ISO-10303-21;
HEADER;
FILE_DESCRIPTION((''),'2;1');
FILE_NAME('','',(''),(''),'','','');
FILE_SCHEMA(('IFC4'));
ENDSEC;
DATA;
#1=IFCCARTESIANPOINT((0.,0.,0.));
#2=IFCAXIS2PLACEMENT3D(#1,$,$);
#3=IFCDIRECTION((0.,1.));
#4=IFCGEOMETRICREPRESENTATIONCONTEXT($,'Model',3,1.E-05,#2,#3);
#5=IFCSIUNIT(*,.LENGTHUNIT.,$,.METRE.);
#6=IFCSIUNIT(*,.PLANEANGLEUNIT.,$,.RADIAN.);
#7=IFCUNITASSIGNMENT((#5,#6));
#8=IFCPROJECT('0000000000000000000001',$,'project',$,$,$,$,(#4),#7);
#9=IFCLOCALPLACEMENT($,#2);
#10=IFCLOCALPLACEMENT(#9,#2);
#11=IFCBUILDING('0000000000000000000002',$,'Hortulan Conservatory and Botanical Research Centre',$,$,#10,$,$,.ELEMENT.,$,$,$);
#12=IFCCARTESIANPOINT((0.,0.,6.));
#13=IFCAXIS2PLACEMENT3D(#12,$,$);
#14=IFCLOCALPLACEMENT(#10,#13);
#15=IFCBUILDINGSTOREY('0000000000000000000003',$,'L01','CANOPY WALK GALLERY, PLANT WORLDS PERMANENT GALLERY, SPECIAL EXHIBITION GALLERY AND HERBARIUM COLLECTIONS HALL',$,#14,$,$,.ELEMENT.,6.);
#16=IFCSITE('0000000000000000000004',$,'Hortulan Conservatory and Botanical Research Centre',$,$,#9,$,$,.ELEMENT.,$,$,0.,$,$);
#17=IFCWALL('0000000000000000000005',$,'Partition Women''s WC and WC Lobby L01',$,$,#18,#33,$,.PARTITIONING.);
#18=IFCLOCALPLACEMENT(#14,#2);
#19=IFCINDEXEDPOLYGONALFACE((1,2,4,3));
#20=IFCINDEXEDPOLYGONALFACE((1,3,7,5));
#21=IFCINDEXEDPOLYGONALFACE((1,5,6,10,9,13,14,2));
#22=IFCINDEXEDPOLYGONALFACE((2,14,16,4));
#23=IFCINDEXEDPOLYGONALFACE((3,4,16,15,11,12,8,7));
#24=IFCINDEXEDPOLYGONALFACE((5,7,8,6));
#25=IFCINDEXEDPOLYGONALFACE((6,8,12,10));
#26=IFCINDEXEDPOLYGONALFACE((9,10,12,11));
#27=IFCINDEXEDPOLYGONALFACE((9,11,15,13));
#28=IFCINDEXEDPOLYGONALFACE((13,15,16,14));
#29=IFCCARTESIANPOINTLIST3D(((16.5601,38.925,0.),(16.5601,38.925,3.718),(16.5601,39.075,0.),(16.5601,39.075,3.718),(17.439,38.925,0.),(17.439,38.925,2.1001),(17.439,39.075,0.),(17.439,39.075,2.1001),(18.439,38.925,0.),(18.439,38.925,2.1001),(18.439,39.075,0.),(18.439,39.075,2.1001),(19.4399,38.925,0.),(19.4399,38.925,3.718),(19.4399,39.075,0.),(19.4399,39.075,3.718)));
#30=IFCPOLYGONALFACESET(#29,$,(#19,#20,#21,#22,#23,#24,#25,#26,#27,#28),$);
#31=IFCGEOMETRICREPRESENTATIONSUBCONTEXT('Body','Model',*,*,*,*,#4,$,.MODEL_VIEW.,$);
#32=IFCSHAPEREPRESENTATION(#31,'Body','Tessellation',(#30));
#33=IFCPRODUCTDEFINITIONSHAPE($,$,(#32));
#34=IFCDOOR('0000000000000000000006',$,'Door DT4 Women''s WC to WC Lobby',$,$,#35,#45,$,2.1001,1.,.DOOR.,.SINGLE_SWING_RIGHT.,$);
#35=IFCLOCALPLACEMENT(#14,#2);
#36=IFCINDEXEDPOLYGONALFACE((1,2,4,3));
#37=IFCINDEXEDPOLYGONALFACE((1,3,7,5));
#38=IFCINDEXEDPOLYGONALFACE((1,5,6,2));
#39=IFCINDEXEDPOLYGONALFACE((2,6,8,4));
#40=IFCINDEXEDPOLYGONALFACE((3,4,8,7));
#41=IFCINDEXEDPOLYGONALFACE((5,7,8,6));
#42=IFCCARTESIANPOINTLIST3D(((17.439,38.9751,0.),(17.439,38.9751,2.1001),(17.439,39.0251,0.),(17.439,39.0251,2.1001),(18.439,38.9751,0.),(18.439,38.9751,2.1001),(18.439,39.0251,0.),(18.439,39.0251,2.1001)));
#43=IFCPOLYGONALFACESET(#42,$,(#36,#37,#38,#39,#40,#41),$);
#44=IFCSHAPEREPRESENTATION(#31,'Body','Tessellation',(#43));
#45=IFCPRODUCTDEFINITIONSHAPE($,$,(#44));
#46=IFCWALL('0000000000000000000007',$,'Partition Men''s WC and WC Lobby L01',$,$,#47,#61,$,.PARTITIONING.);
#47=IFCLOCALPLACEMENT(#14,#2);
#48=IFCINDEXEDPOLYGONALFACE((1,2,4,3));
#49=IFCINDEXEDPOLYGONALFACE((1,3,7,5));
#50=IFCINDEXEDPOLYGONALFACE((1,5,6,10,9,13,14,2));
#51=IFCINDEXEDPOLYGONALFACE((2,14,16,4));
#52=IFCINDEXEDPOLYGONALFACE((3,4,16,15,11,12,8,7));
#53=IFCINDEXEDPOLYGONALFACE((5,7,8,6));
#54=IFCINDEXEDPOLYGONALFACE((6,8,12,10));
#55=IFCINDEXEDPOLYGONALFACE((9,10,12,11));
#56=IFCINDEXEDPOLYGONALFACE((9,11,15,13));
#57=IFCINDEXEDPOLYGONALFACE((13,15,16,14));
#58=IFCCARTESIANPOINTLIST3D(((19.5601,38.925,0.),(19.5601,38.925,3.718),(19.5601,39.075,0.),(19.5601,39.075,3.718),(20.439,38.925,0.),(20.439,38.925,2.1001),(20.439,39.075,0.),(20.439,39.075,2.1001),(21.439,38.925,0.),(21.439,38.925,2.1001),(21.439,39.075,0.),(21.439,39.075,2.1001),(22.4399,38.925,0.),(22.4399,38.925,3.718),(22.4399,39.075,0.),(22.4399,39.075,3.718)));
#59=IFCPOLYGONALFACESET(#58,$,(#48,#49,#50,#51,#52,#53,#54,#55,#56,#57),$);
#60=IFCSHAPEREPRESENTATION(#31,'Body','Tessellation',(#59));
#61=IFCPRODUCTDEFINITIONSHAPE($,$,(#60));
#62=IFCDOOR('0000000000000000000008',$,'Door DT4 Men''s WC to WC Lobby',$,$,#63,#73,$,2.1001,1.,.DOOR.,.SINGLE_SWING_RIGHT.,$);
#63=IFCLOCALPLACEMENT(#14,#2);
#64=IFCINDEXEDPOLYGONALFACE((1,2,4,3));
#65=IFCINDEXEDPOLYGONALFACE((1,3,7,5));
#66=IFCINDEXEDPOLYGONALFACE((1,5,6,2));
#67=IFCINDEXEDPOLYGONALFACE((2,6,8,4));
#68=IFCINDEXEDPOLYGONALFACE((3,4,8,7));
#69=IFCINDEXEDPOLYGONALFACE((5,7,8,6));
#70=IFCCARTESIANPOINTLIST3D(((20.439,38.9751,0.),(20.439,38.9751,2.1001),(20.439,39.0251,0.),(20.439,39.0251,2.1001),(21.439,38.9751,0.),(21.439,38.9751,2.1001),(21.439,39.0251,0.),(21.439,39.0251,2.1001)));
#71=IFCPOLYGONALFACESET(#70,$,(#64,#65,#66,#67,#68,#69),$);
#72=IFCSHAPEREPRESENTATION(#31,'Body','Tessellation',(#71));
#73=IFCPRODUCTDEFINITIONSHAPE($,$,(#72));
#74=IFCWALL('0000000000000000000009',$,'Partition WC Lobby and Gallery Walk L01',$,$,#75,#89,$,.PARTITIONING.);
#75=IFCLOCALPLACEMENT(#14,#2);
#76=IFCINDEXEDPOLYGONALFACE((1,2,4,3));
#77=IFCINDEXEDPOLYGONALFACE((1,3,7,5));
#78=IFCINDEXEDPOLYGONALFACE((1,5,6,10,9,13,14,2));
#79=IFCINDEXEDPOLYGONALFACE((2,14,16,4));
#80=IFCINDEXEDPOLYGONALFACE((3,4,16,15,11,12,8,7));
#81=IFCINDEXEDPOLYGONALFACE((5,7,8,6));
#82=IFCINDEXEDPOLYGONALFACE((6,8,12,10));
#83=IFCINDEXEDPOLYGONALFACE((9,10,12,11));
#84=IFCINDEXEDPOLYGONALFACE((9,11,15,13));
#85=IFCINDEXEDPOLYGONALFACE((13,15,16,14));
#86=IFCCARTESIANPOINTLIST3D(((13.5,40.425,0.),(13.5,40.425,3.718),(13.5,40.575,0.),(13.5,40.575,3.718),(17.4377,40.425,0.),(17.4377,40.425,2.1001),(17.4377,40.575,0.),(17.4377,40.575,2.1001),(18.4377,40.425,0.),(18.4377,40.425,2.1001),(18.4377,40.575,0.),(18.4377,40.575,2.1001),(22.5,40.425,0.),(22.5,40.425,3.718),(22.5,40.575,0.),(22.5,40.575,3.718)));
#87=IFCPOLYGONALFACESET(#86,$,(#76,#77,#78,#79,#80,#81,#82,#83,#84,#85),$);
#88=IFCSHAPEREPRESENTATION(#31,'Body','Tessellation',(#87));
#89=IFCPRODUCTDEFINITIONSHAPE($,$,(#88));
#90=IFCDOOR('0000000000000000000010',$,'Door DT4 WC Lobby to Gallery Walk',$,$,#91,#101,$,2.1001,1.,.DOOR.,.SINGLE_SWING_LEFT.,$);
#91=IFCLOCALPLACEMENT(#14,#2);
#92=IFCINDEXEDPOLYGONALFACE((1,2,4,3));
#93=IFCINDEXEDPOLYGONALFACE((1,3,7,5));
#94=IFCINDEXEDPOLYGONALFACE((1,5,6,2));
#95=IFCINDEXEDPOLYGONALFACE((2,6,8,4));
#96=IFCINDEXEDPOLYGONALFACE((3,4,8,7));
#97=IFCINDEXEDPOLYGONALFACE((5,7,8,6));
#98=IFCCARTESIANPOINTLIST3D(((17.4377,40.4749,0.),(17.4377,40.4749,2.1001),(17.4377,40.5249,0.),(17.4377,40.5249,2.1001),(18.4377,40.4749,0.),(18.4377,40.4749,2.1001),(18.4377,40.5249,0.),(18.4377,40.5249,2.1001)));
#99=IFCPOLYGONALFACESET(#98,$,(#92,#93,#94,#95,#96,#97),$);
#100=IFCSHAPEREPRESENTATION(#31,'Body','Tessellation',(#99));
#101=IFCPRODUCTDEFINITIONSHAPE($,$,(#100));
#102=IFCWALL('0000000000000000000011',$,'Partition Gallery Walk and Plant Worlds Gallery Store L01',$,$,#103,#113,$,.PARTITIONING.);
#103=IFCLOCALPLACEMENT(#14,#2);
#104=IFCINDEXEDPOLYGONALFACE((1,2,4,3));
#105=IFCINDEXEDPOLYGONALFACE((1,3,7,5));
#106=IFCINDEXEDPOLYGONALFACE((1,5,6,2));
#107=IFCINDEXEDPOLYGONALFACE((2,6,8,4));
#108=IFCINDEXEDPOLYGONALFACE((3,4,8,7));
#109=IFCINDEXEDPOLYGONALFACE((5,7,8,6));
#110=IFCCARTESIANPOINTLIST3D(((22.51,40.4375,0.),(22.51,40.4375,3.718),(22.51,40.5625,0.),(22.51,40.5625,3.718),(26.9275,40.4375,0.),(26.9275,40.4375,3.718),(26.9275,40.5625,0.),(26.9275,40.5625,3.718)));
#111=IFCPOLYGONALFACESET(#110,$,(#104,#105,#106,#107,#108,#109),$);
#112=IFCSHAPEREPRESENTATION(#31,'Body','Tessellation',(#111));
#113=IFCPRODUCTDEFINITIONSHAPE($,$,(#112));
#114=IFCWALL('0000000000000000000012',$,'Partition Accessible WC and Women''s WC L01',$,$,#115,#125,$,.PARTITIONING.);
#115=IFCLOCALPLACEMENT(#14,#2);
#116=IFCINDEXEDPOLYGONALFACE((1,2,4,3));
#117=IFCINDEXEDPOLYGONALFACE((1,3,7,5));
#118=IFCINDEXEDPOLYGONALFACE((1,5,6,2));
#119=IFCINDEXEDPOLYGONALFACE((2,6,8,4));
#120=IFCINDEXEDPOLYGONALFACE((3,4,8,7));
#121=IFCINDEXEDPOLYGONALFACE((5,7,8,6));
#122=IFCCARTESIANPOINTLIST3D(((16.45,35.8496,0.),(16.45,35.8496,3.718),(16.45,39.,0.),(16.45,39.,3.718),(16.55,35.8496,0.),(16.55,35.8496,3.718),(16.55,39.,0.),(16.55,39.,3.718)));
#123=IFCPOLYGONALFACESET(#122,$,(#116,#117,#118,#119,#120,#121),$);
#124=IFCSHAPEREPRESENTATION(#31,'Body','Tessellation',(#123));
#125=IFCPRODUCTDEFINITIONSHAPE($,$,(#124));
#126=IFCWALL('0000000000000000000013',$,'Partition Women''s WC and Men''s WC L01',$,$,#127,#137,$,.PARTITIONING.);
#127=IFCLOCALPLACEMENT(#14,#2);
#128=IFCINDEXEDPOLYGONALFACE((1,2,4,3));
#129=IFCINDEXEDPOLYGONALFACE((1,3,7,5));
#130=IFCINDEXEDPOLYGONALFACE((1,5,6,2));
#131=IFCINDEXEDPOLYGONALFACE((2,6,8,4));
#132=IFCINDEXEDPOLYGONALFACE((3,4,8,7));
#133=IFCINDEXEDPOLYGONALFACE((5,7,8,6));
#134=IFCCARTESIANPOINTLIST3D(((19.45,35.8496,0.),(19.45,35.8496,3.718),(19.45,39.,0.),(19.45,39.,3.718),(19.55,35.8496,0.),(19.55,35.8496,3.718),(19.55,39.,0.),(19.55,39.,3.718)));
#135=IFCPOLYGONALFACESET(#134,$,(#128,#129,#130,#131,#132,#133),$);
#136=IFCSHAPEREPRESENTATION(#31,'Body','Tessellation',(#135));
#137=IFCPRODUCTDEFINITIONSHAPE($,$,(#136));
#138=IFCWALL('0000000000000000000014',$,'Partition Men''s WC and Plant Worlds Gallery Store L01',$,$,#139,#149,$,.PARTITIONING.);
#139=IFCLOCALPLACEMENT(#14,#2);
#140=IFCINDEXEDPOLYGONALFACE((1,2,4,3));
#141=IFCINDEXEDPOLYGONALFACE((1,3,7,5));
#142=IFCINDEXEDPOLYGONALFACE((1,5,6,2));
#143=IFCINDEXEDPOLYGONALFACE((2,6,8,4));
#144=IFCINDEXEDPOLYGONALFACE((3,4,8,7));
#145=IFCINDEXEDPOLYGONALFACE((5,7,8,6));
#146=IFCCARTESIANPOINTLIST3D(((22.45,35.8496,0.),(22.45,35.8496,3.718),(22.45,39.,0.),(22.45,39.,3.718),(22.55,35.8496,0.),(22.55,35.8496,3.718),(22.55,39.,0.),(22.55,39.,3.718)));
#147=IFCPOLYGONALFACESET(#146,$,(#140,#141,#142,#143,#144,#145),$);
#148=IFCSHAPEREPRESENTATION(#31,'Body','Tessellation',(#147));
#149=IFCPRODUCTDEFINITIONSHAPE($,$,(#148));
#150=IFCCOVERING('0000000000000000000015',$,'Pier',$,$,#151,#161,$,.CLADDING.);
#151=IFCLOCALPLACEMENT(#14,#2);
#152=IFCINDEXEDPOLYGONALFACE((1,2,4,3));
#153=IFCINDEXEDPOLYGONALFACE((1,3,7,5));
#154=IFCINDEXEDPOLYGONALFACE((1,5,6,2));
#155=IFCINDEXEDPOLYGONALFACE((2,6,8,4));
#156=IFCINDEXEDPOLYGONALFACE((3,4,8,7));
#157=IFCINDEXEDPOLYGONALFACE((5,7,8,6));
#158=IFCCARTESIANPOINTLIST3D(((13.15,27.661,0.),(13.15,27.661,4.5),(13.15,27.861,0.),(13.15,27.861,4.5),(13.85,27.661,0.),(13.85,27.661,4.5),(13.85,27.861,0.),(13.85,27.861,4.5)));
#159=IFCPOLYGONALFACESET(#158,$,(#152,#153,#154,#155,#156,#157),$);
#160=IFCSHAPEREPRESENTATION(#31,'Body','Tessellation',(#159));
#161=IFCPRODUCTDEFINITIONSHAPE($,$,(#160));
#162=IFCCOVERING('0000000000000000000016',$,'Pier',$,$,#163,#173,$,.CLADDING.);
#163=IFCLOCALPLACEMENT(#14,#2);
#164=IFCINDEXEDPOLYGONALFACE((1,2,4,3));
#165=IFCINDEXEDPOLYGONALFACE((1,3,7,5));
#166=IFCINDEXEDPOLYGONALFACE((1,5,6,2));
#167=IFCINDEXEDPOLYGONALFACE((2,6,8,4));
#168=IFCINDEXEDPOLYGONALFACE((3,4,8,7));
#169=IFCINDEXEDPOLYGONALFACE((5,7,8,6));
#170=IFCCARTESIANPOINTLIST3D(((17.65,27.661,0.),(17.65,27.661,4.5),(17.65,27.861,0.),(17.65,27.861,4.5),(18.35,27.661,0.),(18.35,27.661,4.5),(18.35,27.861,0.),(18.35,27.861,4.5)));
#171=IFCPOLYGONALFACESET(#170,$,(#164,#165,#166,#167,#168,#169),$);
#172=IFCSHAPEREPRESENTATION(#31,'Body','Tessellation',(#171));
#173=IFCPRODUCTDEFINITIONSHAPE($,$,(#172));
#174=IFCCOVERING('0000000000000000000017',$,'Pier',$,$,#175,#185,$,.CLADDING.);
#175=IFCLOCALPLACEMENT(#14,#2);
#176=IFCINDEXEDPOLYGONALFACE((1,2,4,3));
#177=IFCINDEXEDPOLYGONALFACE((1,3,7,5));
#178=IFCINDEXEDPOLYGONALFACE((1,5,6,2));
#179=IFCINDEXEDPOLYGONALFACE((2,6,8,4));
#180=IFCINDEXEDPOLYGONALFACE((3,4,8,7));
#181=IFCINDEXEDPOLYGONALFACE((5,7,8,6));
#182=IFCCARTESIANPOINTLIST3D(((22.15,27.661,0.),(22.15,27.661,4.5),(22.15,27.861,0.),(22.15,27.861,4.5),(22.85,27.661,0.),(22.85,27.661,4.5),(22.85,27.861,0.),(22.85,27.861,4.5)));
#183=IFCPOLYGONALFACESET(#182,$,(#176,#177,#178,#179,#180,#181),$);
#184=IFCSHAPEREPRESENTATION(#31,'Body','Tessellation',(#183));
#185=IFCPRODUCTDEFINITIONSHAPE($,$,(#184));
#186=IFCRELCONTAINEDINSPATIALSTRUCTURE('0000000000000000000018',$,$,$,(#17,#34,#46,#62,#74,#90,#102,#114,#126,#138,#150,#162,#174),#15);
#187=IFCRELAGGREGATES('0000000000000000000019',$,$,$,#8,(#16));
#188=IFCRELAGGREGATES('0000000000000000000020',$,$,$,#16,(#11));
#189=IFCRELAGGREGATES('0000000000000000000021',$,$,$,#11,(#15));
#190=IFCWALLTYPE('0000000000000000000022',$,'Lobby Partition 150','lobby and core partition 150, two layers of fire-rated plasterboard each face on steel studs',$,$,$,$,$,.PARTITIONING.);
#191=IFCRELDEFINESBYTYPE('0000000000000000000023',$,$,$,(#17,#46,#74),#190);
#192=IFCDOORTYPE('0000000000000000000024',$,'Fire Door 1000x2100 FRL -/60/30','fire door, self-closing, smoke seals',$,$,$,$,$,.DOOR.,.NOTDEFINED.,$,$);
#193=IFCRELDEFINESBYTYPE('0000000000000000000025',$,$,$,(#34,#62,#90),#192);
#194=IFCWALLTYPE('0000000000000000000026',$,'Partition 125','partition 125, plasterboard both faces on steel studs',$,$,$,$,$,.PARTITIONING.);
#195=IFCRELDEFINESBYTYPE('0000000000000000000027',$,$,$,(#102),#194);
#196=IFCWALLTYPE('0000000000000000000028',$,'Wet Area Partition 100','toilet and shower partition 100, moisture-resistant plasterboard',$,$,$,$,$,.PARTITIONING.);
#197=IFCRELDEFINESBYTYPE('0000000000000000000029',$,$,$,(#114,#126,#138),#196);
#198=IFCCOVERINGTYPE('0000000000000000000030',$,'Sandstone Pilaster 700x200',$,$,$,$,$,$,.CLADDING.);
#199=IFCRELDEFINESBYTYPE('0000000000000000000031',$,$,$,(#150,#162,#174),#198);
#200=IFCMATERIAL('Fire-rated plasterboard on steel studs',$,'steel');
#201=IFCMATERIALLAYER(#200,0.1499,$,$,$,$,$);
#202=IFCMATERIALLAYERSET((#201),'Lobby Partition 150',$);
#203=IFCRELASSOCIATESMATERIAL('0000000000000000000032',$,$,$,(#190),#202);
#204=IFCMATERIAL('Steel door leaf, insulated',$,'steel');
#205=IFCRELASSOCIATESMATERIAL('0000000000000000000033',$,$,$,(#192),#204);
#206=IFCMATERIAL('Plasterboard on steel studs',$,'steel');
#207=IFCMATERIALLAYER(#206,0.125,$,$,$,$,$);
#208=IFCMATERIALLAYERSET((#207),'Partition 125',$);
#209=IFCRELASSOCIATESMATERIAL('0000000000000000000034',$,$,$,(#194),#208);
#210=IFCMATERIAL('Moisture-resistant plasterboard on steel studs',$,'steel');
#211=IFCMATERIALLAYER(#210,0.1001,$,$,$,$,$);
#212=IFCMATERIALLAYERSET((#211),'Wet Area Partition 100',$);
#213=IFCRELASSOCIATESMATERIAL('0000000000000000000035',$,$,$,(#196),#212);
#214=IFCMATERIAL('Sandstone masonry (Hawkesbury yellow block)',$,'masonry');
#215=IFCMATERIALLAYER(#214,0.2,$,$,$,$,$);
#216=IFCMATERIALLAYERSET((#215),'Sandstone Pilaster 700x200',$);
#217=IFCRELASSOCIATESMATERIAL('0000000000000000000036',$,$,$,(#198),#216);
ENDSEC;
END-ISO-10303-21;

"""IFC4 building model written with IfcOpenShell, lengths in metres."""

from ifc_helpers import new_model, si_unit, direction, frame, frame_2d, origin, origin_2d, place, context, subcontext, project, spatial, rectangle, extrude, material, layer, layer_set, type_object, element, fill, save


model = new_model("IFC4")

# Units and contexts
model_context = context("Model", 3, precision=1e-05, world=origin(), true_north=direction((0.0, 1.0)))
body_context = subcontext(model_context, "Body", "Model", "MODEL_VIEW")
ifc_project = project(units=[si_unit("LENGTHUNIT", "METRE"), si_unit("PLANEANGLEUNIT", "RADIAN")], contexts=[model_context])

# Site, building, storey
site_placement = place(None, origin())
site = spatial("IfcSite", under=ifc_project, at=site_placement, Name="Hortulan Conservatory and Botanical Research Centre", CompositionType="ELEMENT", RefElevation=0.0)
building_placement = place(site_placement, origin())
building = spatial("IfcBuilding", under=site, at=building_placement, Name="Hortulan Conservatory and Botanical Research Centre", CompositionType="ELEMENT")
storey_placement = place(building_placement, frame((0.0, 0.0, 6.0)))
storey = spatial("IfcBuildingStorey", under=building, at=storey_placement, Name="L01", Description="CANOPY WALK GALLERY, PLANT WORLDS PERMANENT GALLERY, SPECIAL EXHIBITION GALLERY AND HERBARIUM COLLECTIONS HALL", CompositionType="ELEMENT", Elevation=6.0)

# Shared definitions
ifc_material_1 = material(Name="Steel door leaf, insulated", Category="steel")

# Shared definitions
ifc_material_2 = material(Name="Fire-rated plasterboard on steel studs", Category="steel")
ifc_layer_1 = layer(ifc_material_2, 0.1499)
ifc_layer_set_1 = layer_set([ifc_layer_1], Name="Lobby Partition 150")
wall_type_1 = type_object("IfcWallType", Name="Lobby Partition 150", Description="lobby and core partition 150, two layers of fire-rated plasterboard each face on steel studs", PredefinedType="PARTITIONING", material=ifc_layer_set_1)

# Walls, openings, doors
door_type_1 = type_object("IfcDoorType", Name="Fire Door 1000x2100 FRL -/60/30", Description="fire door, self-closing, smoke seals", OperationType="NOTDEFINED", PredefinedType="DOOR", material=ifc_material_1)
wall_1_placement = place(storey_placement, frame((16.5601, 39.0, 0.0), z_axis=(0.0, 0.0, 1.0), x_axis=(1.0, 0.0, 0.0)))
wall_1 = element("IfcWall", 1, at=wall_1_placement, inside=storey, type_object=wall_type_1, Name="Partition Women's WC and WC Lobby L01", PredefinedType="PARTITIONING", context=body_context, shape_type="SweptSolid", body=[
    extrude(rectangle(XDim=2.8799, YDim=0.1499, at=frame_2d((1.4399, 0.0))), origin(), (0.0, 0.0, 1.0), 3.718),
])
opening_1_placement = place(wall_1_placement, frame((0.8789, 0.0, 0.0)))
opening_1 = element("IfcOpeningElement", 2, at=opening_1_placement, cuts=wall_1, PredefinedType="OPENING", context=body_context, shape_type="SweptSolid", body=[
    extrude(rectangle(XDim=1.0, YDim=2.1001, at=frame_2d((0.5, 1.05))), frame((0.0, 0.085, 0.0), z_axis=(0.0, -1.0, 0.0), x_axis=(1.0, 0.0, 0.0)), (0.0, 0.0, 1.0), 0.1699),
])
door_1_placement = place(opening_1_placement, frame((1.0, 0.0, 0.0), z_axis=(0.0, 0.0, 1.0), x_axis=(-1.0, 0.0, 0.0)))
door_1 = element("IfcDoor", 3, at=door_1_placement, inside=storey, type_object=door_type_1, Name="Door DT4 Women's WC to WC Lobby", OperationType="SINGLE_SWING_RIGHT", OverallHeight=2.1001, OverallWidth=1.0, PredefinedType="DOOR", context=body_context, shape_type="SweptSolid", body=[
    extrude(rectangle(XDim=1.0, YDim=2.1001, at=frame_2d((0.5, 1.05))), frame((0.0, 0.0249, 0.0), z_axis=(0.0, -1.0, 0.0), x_axis=(1.0, 0.0, 0.0)), (0.0, 0.0, 1.0), 0.05),
])
fill(opening_1, door_1)
wall_2_placement = place(storey_placement, frame((19.5601, 39.0, 0.0), z_axis=(0.0, 0.0, 1.0), x_axis=(1.0, 0.0, 0.0)))
wall_2 = element("IfcWall", 4, at=wall_2_placement, inside=storey, type_object=wall_type_1, Name="Partition Men's WC and WC Lobby L01", PredefinedType="PARTITIONING", context=body_context, shape_type="SweptSolid", body=[
    extrude(rectangle(XDim=2.8799, YDim=0.1499, at=frame_2d((1.4399, 0.0))), origin(), (0.0, 0.0, 1.0), 3.718),
])
opening_2_placement = place(wall_2_placement, frame((0.8789, 0.0, 0.0)))
opening_2 = element("IfcOpeningElement", 5, at=opening_2_placement, cuts=wall_2, PredefinedType="OPENING", context=body_context, shape_type="SweptSolid", body=[
    extrude(rectangle(XDim=1.0, YDim=2.1001, at=frame_2d((0.5, 1.05))), frame((0.0, 0.085, 0.0), z_axis=(0.0, -1.0, 0.0), x_axis=(1.0, 0.0, 0.0)), (0.0, 0.0, 1.0), 0.1699),
])
door_2_placement = place(opening_2_placement, frame((1.0, 0.0, 0.0), z_axis=(0.0, 0.0, 1.0), x_axis=(-1.0, 0.0, 0.0)))
door_2 = element("IfcDoor", 6, at=door_2_placement, inside=storey, type_object=door_type_1, Name="Door DT4 Men's WC to WC Lobby", OperationType="SINGLE_SWING_RIGHT", OverallHeight=2.1001, OverallWidth=1.0, PredefinedType="DOOR", context=body_context, shape_type="SweptSolid", body=[
    extrude(rectangle(XDim=1.0, YDim=2.1001, at=frame_2d((0.5, 1.05))), frame((0.0, 0.0249, 0.0), z_axis=(0.0, -1.0, 0.0), x_axis=(1.0, 0.0, 0.0)), (0.0, 0.0, 1.0), 0.05),
])
fill(opening_2, door_2)
wall_3_placement = place(storey_placement, frame((13.5, 40.5, 0.0), z_axis=(0.0, 0.0, 1.0), x_axis=(1.0, 0.0, 0.0)))
wall_3 = element("IfcWall", 7, at=wall_3_placement, inside=storey, type_object=wall_type_1, Name="Partition WC Lobby and Gallery Walk L01", PredefinedType="PARTITIONING", context=body_context, shape_type="SweptSolid", body=[
    extrude(rectangle(XDim=9.0, YDim=0.1499, at=frame_2d((4.5, 0.0))), origin(), (0.0, 0.0, 1.0), 3.718),
])
opening_3_placement = place(wall_3_placement, frame((3.9377, 0.0, 0.0)))
opening_3 = element("IfcOpeningElement", 8, at=opening_3_placement, cuts=wall_3, PredefinedType="OPENING", context=body_context, shape_type="SweptSolid", body=[
    extrude(rectangle(XDim=1.0, YDim=2.1001, at=frame_2d((0.5, 1.05))), frame((0.0, 0.085, 0.0), z_axis=(0.0, -1.0, 0.0), x_axis=(1.0, 0.0, 0.0)), (0.0, 0.0, 1.0), 0.1699),
])
door_3_placement = place(opening_3_placement, origin())
door_3 = element("IfcDoor", 9, at=door_3_placement, inside=storey, type_object=door_type_1, Name="Door DT4 WC Lobby to Gallery Walk", OperationType="SINGLE_SWING_LEFT", OverallHeight=2.1001, OverallWidth=1.0, PredefinedType="DOOR", context=body_context, shape_type="SweptSolid", body=[
    extrude(rectangle(XDim=1.0, YDim=2.1001, at=frame_2d((0.5, 1.05))), frame((0.0, 0.0249, 0.0), z_axis=(0.0, -1.0, 0.0), x_axis=(1.0, 0.0, 0.0)), (0.0, 0.0, 1.0), 0.05),
])
fill(opening_3, door_3)

# Walls
ifc_material_3 = material(Name="Plasterboard on steel studs", Category="steel")
ifc_layer_2 = layer(ifc_material_3, 0.125)
ifc_layer_set_2 = layer_set([ifc_layer_2], Name="Partition 125")
wall_type_2 = type_object("IfcWallType", Name="Partition 125", Description="partition 125, plasterboard both faces on steel studs", PredefinedType="PARTITIONING", material=ifc_layer_set_2)
wall_4_placement = place(storey_placement, frame((22.51, 40.5, 0.0), z_axis=(0.0, 0.0, 1.0), x_axis=(1.0, 0.0, 0.0)))
element("IfcWall", 10, at=wall_4_placement, inside=storey, type_object=wall_type_2, Name="Partition Gallery Walk and Plant Worlds Gallery Store L01", PredefinedType="PARTITIONING", context=body_context, shape_type="SweptSolid", body=[
    extrude(rectangle(XDim=4.4175, YDim=0.125, at=frame_2d((2.2087, 0.0))), origin(), (0.0, 0.0, 1.0), 3.718),
])
ifc_material_4 = material(Name="Moisture-resistant plasterboard on steel studs", Category="steel")
ifc_layer_3 = layer(ifc_material_4, 0.1001)
ifc_layer_set_3 = layer_set([ifc_layer_3], Name="Wet Area Partition 100")
wall_type_3 = type_object("IfcWallType", Name="Wet Area Partition 100", Description="toilet and shower partition 100, moisture-resistant plasterboard", PredefinedType="PARTITIONING", material=ifc_layer_set_3)
for number, where, z_axis, x_axis, name in (
    (11, (16.5, 35.8496, 0.0), (0.0, 0.0, 1.0), (0.0, 1.0, 0.0), "Partition Accessible WC and Women's WC L01"),
    (12, (19.5, 35.8496, 0.0), (0.0, 0.0, 1.0), (0.0, 1.0, 0.0), "Partition Women's WC and Men's WC L01"),
    (13, (22.5, 35.8496, 0.0), (0.0, 0.0, 1.0), (0.0, 1.0, 0.0), "Partition Men's WC and Plant Worlds Gallery Store L01"),
):
    element("IfcWall", number, at=place(storey_placement, frame(where, z_axis=z_axis, x_axis=x_axis)), inside=storey, type_object=wall_type_3, Name=name, PredefinedType="PARTITIONING", context=body_context, shape_type="SweptSolid", body=[
        extrude(rectangle(XDim=3.1504, YDim=0.1001, at=frame_2d((1.5752, 0.0))), origin(), (0.0, 0.0, 1.0), 3.718),
    ])

# Coverings
ifc_material_5 = material(Name="Sandstone masonry (Hawkesbury yellow block)", Category="masonry")
ifc_layer_4 = layer(ifc_material_5, 0.2)
ifc_layer_set_4 = layer_set([ifc_layer_4], Name="Sandstone Pilaster 700x200")
covering_type = type_object("IfcCoveringType", Name="Sandstone Pilaster 700x200", PredefinedType="CLADDING", material=ifc_layer_set_4)
for number, where, z_axis, x_axis, name in (
    (14, (13.5, 27.761, 0.0), (0.0, 0.0, 1.0), (1.0, 0.0, 0.0), "Pier"),
    (15, (18.0, 27.761, 0.0), (0.0, 0.0, 1.0), (1.0, 0.0, 0.0), "Pier"),
    (16, (22.5, 27.761, 0.0), (0.0, 0.0, 1.0), (1.0, 0.0, 0.0), "Pier"),
):
    element("IfcCovering", number, at=place(storey_placement, frame(where, z_axis=z_axis, x_axis=x_axis)), inside=storey, type_object=covering_type, Name=name, PredefinedType="CLADDING", context=body_context, shape_type="SweptSolid", body=[
        extrude(rectangle(XDim=0.7, YDim=0.2, at=origin_2d()), origin(), (0.0, 0.0, 1.0), 4.5),
    ])

save(model, "model.ifc")
